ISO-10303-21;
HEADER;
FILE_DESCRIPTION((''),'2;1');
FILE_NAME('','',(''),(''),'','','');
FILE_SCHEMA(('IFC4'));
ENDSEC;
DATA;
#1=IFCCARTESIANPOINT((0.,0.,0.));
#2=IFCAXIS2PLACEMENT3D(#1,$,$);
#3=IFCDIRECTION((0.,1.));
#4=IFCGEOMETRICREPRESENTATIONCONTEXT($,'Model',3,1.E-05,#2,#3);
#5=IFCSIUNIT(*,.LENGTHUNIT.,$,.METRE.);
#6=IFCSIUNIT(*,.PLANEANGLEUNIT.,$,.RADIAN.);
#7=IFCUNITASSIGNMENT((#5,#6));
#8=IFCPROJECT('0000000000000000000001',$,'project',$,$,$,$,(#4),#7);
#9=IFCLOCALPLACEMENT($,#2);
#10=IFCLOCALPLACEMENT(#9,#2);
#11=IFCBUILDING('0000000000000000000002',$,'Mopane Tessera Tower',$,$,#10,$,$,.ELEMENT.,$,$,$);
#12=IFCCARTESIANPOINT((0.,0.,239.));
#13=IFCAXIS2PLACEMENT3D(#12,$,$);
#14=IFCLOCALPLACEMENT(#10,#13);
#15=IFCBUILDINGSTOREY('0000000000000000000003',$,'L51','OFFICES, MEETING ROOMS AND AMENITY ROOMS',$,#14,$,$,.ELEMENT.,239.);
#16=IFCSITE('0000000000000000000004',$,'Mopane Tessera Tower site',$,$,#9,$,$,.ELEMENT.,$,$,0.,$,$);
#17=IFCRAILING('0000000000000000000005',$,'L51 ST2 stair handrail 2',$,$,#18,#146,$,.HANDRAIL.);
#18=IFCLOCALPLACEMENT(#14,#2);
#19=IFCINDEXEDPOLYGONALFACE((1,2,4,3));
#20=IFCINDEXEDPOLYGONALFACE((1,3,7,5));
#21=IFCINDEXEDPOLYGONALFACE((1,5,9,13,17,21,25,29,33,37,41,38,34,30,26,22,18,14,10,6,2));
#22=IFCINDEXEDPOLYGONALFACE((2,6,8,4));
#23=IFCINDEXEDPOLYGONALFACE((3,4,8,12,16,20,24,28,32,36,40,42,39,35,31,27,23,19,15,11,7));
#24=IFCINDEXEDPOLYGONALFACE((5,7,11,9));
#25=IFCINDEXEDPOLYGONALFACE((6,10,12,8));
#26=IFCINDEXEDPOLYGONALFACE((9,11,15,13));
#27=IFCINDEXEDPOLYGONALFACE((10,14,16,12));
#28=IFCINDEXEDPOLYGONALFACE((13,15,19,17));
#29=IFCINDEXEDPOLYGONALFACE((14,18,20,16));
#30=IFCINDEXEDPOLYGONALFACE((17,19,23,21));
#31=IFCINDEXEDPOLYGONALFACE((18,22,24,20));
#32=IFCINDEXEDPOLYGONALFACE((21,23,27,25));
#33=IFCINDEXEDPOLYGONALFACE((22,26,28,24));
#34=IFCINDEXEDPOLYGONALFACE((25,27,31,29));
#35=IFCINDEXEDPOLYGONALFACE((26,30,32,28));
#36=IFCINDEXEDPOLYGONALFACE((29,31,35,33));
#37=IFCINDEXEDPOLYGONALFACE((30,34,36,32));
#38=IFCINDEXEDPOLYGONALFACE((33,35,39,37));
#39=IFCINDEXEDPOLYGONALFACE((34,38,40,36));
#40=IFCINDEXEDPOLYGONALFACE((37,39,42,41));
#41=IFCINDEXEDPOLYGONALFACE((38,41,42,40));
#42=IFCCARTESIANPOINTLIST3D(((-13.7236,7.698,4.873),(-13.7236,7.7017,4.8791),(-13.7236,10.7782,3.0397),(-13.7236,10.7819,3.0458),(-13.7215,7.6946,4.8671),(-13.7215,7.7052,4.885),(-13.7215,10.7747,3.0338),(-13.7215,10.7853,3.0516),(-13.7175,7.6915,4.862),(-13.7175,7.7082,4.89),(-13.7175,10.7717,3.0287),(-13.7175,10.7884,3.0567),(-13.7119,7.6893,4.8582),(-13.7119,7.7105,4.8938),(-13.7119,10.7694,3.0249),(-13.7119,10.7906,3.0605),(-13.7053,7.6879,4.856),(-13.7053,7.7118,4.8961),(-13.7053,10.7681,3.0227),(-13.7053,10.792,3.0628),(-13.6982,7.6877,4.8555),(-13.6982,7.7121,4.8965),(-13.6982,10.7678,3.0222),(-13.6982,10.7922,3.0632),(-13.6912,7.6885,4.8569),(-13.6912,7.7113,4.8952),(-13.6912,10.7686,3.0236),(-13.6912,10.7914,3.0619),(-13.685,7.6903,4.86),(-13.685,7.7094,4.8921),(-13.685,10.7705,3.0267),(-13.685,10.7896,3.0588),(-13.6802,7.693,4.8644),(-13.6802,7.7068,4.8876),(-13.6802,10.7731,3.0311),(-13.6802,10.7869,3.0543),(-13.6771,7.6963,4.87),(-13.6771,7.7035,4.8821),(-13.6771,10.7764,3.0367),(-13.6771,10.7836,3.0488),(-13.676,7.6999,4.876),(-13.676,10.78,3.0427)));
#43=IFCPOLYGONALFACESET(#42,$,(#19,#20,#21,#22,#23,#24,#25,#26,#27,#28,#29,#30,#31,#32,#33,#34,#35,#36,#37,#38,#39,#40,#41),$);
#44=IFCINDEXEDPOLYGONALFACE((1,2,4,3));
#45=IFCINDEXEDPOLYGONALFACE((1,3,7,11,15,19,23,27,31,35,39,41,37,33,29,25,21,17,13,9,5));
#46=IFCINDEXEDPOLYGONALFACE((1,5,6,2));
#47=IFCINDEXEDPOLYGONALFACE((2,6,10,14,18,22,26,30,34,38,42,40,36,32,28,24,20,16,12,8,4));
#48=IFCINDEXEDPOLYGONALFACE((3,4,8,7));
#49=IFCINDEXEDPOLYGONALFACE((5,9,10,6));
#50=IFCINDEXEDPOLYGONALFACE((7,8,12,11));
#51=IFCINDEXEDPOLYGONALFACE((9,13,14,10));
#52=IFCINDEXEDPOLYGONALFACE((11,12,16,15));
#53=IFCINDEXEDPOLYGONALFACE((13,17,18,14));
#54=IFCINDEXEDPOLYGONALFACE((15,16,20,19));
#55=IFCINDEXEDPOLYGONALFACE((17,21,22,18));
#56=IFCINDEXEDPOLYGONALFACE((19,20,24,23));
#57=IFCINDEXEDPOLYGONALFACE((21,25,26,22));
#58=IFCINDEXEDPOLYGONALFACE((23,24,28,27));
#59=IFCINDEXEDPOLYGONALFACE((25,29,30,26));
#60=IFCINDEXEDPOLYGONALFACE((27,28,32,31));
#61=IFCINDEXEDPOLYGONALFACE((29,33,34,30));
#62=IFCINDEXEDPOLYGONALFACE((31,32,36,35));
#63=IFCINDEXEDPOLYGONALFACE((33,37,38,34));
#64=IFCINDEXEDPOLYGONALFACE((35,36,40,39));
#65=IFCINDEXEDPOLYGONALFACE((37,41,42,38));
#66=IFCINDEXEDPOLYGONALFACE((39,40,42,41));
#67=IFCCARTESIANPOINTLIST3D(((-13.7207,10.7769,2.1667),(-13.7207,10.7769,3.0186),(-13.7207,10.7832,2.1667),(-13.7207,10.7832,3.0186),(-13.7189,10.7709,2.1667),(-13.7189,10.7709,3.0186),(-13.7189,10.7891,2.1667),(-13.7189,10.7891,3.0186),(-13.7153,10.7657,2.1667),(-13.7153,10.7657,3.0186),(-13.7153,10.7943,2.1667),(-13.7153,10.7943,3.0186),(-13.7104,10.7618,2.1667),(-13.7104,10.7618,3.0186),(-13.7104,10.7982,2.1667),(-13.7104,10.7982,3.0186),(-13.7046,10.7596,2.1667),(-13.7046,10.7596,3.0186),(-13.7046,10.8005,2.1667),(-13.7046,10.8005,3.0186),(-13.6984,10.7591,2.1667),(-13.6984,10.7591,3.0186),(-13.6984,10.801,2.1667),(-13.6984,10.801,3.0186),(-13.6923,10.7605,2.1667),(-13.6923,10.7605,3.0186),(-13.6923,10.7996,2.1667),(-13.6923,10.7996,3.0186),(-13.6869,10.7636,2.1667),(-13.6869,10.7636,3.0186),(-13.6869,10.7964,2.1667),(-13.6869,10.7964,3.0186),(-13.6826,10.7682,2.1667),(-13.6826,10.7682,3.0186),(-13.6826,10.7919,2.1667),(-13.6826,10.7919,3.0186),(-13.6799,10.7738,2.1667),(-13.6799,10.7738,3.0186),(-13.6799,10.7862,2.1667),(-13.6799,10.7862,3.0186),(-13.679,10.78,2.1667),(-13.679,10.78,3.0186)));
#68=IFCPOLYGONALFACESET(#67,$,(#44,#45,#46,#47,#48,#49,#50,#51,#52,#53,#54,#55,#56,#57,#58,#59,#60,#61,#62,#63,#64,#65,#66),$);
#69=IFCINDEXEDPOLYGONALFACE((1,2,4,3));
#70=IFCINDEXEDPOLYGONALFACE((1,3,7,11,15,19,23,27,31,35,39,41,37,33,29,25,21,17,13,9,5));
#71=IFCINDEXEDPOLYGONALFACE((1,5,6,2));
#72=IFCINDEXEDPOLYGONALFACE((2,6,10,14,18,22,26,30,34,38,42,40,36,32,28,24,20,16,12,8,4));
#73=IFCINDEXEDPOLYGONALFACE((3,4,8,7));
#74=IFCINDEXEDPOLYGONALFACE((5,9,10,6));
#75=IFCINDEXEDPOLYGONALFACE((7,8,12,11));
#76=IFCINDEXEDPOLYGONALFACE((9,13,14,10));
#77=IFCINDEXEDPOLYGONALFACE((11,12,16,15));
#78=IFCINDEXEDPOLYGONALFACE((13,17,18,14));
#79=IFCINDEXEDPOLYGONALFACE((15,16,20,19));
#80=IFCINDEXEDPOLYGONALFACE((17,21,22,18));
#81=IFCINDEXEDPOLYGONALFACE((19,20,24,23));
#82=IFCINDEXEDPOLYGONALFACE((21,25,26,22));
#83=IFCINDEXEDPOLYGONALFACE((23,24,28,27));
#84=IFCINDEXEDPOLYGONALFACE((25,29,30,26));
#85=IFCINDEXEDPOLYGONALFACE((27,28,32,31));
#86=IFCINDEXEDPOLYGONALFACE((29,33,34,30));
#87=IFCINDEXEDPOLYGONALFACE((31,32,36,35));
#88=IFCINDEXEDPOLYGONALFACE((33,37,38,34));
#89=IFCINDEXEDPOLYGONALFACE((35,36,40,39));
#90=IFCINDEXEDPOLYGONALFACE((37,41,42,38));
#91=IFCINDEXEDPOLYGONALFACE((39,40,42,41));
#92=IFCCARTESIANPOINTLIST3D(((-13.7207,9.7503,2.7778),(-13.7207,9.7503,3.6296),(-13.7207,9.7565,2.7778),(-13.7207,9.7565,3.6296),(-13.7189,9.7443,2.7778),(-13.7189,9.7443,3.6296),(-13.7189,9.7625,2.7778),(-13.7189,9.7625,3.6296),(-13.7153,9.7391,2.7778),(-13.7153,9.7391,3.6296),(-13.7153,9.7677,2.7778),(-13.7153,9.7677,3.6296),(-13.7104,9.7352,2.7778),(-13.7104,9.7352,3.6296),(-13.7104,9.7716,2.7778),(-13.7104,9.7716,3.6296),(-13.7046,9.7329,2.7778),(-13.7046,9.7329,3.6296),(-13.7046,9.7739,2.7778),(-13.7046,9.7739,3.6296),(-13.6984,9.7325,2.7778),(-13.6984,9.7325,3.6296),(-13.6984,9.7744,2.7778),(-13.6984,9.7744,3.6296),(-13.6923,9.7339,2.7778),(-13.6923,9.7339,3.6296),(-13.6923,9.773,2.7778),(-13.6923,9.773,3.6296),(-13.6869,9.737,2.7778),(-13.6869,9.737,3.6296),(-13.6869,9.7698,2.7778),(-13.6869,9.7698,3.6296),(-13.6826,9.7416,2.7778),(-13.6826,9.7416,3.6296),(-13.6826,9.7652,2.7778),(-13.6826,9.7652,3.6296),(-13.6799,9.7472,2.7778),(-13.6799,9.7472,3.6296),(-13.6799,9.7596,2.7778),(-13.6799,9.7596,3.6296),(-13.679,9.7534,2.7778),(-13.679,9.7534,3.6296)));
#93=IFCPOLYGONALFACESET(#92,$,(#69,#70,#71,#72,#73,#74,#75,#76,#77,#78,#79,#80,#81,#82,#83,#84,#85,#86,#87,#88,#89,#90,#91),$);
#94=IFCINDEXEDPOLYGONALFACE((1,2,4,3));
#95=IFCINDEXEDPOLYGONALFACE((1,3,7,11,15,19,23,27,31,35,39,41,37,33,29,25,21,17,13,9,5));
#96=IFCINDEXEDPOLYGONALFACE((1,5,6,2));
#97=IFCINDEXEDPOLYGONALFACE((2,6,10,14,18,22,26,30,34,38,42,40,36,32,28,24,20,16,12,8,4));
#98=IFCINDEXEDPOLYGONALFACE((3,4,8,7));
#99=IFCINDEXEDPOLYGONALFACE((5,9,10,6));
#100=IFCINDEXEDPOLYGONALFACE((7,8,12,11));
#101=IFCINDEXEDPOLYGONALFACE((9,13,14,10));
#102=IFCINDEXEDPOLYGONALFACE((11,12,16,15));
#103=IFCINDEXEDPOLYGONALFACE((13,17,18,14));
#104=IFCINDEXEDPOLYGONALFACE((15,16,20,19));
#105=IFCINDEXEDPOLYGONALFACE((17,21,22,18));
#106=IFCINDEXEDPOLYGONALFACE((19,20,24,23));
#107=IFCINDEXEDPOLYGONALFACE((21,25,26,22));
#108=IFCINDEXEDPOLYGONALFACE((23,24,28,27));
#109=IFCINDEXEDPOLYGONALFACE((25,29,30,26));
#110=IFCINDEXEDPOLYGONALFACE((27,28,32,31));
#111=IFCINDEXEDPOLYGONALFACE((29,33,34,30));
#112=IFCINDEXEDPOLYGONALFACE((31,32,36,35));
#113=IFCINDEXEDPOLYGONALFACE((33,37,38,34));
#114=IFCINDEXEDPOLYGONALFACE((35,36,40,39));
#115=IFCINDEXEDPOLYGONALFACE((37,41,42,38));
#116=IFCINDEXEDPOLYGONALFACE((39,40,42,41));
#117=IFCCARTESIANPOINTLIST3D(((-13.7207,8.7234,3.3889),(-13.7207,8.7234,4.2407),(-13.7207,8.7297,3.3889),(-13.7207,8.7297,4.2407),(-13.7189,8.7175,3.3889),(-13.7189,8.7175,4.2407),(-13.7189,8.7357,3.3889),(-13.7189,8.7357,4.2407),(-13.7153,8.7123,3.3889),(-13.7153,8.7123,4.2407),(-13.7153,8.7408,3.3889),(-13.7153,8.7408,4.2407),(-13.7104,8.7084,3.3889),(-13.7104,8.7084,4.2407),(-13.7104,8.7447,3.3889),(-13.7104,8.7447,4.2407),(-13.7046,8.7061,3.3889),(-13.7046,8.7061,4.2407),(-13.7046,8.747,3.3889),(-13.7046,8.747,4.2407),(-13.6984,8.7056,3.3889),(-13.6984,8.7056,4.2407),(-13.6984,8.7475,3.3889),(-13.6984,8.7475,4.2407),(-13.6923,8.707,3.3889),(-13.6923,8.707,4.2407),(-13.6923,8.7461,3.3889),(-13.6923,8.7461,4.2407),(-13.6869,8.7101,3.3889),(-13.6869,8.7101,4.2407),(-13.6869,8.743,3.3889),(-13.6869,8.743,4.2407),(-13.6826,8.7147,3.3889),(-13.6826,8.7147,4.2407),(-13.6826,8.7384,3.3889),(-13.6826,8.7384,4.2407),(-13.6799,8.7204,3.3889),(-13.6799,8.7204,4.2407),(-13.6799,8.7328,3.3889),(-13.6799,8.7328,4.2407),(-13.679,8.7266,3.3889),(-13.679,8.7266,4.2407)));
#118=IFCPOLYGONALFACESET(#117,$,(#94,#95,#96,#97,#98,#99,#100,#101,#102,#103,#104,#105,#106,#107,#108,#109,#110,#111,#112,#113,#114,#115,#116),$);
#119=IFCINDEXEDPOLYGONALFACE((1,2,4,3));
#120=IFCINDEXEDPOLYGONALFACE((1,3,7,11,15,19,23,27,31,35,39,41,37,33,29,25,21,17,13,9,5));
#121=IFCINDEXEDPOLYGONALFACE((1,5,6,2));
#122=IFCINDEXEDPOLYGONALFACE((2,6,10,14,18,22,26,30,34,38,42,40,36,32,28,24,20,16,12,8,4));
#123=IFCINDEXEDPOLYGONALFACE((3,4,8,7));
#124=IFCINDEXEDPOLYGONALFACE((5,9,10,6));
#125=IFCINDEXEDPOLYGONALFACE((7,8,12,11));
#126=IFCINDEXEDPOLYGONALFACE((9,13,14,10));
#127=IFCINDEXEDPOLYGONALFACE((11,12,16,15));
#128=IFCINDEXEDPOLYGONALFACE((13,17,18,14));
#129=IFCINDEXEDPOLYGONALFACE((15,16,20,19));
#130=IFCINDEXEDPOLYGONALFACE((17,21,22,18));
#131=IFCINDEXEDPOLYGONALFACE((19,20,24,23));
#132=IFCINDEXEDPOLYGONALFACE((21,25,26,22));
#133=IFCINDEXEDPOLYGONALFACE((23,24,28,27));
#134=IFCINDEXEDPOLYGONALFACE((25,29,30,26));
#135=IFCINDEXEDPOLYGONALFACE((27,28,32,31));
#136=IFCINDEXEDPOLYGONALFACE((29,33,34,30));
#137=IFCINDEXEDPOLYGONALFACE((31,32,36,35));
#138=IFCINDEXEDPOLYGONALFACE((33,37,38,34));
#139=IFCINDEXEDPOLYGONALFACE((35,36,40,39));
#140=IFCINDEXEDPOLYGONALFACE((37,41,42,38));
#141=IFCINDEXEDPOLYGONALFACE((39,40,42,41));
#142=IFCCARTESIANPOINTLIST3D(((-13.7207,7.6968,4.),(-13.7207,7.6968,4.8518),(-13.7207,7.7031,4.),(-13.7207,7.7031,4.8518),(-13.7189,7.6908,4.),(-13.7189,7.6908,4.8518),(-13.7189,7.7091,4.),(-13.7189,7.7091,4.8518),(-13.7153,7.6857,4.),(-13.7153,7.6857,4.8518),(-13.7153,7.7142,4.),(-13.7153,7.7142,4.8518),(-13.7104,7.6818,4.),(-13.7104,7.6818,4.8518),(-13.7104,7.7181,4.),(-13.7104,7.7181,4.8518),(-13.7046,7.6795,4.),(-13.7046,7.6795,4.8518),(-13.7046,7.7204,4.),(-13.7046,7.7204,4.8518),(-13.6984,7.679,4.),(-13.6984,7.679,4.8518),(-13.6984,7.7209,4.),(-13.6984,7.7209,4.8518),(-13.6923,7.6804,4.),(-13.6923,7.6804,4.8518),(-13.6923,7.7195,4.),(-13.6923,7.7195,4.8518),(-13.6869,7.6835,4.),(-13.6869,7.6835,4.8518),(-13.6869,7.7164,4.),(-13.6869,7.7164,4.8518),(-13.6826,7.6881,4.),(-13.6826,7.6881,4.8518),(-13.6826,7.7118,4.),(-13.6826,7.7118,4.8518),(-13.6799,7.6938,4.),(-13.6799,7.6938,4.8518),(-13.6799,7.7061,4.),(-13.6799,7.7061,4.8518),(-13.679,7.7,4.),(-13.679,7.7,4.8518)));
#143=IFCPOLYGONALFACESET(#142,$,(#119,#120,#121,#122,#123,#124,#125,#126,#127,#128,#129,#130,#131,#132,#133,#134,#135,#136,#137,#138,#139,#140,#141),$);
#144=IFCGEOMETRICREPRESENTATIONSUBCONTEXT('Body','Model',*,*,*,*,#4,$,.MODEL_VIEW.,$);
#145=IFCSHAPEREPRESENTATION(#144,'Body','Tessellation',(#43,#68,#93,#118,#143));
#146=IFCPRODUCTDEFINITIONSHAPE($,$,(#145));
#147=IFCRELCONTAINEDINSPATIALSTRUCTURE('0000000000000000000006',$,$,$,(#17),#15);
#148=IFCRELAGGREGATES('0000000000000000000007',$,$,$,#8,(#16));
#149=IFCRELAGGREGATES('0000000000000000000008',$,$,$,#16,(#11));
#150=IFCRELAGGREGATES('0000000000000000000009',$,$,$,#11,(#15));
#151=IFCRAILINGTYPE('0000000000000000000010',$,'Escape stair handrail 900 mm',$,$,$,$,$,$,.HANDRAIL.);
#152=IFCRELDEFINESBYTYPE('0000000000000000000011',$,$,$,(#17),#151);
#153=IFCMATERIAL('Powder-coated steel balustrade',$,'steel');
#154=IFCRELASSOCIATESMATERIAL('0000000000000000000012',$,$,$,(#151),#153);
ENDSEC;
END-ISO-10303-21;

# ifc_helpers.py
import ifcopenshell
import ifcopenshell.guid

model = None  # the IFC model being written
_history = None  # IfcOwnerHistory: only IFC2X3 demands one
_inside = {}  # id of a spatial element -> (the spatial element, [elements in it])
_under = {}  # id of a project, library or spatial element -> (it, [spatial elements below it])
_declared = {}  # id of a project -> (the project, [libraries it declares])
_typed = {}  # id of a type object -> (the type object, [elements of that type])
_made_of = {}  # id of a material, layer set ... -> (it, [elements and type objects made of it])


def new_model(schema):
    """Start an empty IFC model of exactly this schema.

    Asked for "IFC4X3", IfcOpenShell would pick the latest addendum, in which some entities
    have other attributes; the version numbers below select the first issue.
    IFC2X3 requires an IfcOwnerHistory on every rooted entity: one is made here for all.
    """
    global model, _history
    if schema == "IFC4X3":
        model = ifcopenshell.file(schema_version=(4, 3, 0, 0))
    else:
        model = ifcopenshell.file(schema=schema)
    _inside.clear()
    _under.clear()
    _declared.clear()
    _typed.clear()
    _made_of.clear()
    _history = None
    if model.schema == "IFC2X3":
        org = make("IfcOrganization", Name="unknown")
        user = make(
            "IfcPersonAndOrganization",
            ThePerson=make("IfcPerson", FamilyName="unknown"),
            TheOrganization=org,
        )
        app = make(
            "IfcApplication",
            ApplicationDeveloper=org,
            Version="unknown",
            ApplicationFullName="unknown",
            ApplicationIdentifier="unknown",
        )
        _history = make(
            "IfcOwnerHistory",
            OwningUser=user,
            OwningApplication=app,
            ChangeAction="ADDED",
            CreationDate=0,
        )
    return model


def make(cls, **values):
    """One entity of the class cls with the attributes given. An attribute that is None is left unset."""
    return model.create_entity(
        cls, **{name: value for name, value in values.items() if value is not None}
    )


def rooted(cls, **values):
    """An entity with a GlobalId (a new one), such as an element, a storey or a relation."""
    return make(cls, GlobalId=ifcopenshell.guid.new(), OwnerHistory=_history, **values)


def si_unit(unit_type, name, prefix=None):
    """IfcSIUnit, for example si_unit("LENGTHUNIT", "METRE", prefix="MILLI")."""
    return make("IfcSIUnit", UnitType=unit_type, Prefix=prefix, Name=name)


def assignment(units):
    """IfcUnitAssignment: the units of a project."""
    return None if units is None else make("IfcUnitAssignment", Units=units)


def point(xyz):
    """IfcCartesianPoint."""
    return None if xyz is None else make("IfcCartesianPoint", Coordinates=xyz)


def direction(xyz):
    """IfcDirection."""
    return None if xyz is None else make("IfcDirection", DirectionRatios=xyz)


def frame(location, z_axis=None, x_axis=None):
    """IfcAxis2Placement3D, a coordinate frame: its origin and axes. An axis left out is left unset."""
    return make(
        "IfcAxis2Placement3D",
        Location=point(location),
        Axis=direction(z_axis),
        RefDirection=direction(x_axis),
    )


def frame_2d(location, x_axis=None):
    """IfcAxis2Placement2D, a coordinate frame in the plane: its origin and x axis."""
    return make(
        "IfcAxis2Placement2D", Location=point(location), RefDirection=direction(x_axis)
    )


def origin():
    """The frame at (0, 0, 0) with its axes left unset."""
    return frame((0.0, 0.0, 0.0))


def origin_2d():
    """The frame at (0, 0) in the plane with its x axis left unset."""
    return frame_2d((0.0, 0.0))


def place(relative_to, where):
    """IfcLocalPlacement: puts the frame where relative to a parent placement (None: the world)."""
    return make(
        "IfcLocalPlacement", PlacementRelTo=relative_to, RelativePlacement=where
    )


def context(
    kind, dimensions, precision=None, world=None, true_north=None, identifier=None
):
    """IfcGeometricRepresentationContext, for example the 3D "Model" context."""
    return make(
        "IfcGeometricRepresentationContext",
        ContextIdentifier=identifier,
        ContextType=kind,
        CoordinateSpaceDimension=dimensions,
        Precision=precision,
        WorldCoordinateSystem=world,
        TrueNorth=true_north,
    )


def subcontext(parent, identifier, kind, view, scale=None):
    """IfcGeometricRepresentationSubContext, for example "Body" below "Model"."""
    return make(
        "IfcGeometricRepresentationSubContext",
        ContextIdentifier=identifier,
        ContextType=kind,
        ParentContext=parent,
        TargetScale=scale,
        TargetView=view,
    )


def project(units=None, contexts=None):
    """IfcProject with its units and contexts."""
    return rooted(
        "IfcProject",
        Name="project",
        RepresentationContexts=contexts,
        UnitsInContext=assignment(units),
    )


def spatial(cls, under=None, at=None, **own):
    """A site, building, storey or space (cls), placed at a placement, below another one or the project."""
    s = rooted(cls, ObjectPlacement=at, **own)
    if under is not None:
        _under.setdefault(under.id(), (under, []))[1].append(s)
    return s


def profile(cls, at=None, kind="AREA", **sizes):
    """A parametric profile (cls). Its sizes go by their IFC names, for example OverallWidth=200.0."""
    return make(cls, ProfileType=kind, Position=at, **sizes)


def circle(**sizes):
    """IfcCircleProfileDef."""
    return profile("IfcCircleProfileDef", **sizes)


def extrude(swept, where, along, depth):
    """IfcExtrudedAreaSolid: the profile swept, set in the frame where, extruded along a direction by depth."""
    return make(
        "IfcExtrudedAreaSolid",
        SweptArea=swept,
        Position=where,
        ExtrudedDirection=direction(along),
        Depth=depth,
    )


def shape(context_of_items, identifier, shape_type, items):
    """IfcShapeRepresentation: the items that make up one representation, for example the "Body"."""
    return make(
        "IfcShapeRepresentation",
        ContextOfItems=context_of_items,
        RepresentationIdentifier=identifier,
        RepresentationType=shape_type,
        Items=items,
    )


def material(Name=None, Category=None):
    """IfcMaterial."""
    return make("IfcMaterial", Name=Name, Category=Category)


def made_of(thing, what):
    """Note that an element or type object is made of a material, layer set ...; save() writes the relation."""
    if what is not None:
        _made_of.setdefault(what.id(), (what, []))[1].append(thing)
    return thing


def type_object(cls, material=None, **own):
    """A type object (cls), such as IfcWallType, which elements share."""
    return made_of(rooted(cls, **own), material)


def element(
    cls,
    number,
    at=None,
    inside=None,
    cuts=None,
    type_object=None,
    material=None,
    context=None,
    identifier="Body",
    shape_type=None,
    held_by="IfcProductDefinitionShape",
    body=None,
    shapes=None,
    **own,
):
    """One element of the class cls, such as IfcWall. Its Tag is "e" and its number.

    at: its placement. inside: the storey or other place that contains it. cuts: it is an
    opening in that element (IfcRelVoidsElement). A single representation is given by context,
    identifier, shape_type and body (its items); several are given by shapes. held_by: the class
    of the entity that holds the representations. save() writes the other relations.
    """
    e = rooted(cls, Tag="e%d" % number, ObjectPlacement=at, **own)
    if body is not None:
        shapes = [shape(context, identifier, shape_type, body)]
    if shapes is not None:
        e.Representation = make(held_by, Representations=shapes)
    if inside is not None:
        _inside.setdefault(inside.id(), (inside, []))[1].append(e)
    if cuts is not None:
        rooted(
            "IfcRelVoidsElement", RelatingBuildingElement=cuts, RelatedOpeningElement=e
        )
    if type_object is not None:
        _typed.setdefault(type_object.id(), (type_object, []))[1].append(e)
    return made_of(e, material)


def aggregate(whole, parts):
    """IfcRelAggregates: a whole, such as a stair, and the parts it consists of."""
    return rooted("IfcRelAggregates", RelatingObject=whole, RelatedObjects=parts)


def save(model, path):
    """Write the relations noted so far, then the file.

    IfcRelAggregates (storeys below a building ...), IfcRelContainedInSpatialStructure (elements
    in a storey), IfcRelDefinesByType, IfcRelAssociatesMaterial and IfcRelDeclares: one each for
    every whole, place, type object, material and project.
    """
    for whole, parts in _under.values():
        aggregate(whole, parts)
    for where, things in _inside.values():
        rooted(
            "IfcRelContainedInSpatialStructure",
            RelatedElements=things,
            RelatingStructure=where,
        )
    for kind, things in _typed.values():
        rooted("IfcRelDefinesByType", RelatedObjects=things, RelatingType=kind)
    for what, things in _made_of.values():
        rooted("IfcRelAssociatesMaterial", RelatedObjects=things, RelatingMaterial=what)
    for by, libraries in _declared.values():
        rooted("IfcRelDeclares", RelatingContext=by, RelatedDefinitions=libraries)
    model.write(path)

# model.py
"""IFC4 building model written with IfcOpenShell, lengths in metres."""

from ifc_helpers import new_model, si_unit, direction, frame, origin, origin_2d, place, context, subcontext, project, spatial, circle, extrude, material, type_object, element, save


model = new_model("IFC4")

# Units and contexts
model_context = context("Model", 3, precision=1e-05, world=origin(), true_north=direction((0.0, 1.0)))
body_context = subcontext(model_context, "Body", "Model", "MODEL_VIEW")
ifc_project = project(units=[si_unit("LENGTHUNIT", "METRE"), si_unit("PLANEANGLEUNIT", "RADIAN")], contexts=[model_context])

# Site, building, storey
site_placement = place(None, origin())
site = spatial("IfcSite", under=ifc_project, at=site_placement, Name="Mopane Tessera Tower site", CompositionType="ELEMENT", RefElevation=0.0)
building_placement = place(site_placement, origin())
building = spatial("IfcBuilding", under=site, at=building_placement, Name="Mopane Tessera Tower", CompositionType="ELEMENT")
storey_placement = place(building_placement, frame((0.0, 0.0, 239.0)))
storey = spatial("IfcBuildingStorey", under=building, at=storey_placement, Name="L51", Description="OFFICES, MEETING ROOMS AND AMENITY ROOMS", CompositionType="ELEMENT", Elevation=239.0)

# Railing
ifc_material_1 = material(Name="Powder-coated steel balustrade", Category="steel")
railing_type_1 = type_object("IfcRailingType", Name="Escape stair handrail 900 mm", PredefinedType="HANDRAIL", material=ifc_material_1)
railing_1_placement = place(storey_placement, frame((-13.7, 10.78, 2.1667)))
element("IfcRailing", 1, at=railing_1_placement, inside=storey, type_object=railing_type_1, Name="L51 ST2 stair handrail 2", PredefinedType="HANDRAIL", context=body_context, shape_type="SweptSolid", body=[
    extrude(circle(Radius=0.0239, at=origin_2d()), frame((0.0, 0.0, 0.876), z_axis=(0.0, -0.859309, 0.511458), x_axis=(1.0, 0.0, 0.0)), (0.0, 0.0, 1.0), 3.5845),
    extrude(circle(Radius=0.021, at=origin_2d()), origin(), (0.0, 0.0, 1.0), 0.8518),
    extrude(circle(Radius=0.021, at=origin_2d()), frame((0.0, -1.0266, 0.6111)), (0.0, 0.0, 1.0), 0.8518),
    extrude(circle(Radius=0.021, at=origin_2d()), frame((0.0, -2.0535, 1.2222)), (0.0, 0.0, 1.0), 0.8518),
    extrude(circle(Radius=0.021, at=origin_2d()), frame((0.0, -3.0801, 1.8333)), (0.0, 0.0, 1.0), 0.8518),
])

save(model, "model.ifc")
